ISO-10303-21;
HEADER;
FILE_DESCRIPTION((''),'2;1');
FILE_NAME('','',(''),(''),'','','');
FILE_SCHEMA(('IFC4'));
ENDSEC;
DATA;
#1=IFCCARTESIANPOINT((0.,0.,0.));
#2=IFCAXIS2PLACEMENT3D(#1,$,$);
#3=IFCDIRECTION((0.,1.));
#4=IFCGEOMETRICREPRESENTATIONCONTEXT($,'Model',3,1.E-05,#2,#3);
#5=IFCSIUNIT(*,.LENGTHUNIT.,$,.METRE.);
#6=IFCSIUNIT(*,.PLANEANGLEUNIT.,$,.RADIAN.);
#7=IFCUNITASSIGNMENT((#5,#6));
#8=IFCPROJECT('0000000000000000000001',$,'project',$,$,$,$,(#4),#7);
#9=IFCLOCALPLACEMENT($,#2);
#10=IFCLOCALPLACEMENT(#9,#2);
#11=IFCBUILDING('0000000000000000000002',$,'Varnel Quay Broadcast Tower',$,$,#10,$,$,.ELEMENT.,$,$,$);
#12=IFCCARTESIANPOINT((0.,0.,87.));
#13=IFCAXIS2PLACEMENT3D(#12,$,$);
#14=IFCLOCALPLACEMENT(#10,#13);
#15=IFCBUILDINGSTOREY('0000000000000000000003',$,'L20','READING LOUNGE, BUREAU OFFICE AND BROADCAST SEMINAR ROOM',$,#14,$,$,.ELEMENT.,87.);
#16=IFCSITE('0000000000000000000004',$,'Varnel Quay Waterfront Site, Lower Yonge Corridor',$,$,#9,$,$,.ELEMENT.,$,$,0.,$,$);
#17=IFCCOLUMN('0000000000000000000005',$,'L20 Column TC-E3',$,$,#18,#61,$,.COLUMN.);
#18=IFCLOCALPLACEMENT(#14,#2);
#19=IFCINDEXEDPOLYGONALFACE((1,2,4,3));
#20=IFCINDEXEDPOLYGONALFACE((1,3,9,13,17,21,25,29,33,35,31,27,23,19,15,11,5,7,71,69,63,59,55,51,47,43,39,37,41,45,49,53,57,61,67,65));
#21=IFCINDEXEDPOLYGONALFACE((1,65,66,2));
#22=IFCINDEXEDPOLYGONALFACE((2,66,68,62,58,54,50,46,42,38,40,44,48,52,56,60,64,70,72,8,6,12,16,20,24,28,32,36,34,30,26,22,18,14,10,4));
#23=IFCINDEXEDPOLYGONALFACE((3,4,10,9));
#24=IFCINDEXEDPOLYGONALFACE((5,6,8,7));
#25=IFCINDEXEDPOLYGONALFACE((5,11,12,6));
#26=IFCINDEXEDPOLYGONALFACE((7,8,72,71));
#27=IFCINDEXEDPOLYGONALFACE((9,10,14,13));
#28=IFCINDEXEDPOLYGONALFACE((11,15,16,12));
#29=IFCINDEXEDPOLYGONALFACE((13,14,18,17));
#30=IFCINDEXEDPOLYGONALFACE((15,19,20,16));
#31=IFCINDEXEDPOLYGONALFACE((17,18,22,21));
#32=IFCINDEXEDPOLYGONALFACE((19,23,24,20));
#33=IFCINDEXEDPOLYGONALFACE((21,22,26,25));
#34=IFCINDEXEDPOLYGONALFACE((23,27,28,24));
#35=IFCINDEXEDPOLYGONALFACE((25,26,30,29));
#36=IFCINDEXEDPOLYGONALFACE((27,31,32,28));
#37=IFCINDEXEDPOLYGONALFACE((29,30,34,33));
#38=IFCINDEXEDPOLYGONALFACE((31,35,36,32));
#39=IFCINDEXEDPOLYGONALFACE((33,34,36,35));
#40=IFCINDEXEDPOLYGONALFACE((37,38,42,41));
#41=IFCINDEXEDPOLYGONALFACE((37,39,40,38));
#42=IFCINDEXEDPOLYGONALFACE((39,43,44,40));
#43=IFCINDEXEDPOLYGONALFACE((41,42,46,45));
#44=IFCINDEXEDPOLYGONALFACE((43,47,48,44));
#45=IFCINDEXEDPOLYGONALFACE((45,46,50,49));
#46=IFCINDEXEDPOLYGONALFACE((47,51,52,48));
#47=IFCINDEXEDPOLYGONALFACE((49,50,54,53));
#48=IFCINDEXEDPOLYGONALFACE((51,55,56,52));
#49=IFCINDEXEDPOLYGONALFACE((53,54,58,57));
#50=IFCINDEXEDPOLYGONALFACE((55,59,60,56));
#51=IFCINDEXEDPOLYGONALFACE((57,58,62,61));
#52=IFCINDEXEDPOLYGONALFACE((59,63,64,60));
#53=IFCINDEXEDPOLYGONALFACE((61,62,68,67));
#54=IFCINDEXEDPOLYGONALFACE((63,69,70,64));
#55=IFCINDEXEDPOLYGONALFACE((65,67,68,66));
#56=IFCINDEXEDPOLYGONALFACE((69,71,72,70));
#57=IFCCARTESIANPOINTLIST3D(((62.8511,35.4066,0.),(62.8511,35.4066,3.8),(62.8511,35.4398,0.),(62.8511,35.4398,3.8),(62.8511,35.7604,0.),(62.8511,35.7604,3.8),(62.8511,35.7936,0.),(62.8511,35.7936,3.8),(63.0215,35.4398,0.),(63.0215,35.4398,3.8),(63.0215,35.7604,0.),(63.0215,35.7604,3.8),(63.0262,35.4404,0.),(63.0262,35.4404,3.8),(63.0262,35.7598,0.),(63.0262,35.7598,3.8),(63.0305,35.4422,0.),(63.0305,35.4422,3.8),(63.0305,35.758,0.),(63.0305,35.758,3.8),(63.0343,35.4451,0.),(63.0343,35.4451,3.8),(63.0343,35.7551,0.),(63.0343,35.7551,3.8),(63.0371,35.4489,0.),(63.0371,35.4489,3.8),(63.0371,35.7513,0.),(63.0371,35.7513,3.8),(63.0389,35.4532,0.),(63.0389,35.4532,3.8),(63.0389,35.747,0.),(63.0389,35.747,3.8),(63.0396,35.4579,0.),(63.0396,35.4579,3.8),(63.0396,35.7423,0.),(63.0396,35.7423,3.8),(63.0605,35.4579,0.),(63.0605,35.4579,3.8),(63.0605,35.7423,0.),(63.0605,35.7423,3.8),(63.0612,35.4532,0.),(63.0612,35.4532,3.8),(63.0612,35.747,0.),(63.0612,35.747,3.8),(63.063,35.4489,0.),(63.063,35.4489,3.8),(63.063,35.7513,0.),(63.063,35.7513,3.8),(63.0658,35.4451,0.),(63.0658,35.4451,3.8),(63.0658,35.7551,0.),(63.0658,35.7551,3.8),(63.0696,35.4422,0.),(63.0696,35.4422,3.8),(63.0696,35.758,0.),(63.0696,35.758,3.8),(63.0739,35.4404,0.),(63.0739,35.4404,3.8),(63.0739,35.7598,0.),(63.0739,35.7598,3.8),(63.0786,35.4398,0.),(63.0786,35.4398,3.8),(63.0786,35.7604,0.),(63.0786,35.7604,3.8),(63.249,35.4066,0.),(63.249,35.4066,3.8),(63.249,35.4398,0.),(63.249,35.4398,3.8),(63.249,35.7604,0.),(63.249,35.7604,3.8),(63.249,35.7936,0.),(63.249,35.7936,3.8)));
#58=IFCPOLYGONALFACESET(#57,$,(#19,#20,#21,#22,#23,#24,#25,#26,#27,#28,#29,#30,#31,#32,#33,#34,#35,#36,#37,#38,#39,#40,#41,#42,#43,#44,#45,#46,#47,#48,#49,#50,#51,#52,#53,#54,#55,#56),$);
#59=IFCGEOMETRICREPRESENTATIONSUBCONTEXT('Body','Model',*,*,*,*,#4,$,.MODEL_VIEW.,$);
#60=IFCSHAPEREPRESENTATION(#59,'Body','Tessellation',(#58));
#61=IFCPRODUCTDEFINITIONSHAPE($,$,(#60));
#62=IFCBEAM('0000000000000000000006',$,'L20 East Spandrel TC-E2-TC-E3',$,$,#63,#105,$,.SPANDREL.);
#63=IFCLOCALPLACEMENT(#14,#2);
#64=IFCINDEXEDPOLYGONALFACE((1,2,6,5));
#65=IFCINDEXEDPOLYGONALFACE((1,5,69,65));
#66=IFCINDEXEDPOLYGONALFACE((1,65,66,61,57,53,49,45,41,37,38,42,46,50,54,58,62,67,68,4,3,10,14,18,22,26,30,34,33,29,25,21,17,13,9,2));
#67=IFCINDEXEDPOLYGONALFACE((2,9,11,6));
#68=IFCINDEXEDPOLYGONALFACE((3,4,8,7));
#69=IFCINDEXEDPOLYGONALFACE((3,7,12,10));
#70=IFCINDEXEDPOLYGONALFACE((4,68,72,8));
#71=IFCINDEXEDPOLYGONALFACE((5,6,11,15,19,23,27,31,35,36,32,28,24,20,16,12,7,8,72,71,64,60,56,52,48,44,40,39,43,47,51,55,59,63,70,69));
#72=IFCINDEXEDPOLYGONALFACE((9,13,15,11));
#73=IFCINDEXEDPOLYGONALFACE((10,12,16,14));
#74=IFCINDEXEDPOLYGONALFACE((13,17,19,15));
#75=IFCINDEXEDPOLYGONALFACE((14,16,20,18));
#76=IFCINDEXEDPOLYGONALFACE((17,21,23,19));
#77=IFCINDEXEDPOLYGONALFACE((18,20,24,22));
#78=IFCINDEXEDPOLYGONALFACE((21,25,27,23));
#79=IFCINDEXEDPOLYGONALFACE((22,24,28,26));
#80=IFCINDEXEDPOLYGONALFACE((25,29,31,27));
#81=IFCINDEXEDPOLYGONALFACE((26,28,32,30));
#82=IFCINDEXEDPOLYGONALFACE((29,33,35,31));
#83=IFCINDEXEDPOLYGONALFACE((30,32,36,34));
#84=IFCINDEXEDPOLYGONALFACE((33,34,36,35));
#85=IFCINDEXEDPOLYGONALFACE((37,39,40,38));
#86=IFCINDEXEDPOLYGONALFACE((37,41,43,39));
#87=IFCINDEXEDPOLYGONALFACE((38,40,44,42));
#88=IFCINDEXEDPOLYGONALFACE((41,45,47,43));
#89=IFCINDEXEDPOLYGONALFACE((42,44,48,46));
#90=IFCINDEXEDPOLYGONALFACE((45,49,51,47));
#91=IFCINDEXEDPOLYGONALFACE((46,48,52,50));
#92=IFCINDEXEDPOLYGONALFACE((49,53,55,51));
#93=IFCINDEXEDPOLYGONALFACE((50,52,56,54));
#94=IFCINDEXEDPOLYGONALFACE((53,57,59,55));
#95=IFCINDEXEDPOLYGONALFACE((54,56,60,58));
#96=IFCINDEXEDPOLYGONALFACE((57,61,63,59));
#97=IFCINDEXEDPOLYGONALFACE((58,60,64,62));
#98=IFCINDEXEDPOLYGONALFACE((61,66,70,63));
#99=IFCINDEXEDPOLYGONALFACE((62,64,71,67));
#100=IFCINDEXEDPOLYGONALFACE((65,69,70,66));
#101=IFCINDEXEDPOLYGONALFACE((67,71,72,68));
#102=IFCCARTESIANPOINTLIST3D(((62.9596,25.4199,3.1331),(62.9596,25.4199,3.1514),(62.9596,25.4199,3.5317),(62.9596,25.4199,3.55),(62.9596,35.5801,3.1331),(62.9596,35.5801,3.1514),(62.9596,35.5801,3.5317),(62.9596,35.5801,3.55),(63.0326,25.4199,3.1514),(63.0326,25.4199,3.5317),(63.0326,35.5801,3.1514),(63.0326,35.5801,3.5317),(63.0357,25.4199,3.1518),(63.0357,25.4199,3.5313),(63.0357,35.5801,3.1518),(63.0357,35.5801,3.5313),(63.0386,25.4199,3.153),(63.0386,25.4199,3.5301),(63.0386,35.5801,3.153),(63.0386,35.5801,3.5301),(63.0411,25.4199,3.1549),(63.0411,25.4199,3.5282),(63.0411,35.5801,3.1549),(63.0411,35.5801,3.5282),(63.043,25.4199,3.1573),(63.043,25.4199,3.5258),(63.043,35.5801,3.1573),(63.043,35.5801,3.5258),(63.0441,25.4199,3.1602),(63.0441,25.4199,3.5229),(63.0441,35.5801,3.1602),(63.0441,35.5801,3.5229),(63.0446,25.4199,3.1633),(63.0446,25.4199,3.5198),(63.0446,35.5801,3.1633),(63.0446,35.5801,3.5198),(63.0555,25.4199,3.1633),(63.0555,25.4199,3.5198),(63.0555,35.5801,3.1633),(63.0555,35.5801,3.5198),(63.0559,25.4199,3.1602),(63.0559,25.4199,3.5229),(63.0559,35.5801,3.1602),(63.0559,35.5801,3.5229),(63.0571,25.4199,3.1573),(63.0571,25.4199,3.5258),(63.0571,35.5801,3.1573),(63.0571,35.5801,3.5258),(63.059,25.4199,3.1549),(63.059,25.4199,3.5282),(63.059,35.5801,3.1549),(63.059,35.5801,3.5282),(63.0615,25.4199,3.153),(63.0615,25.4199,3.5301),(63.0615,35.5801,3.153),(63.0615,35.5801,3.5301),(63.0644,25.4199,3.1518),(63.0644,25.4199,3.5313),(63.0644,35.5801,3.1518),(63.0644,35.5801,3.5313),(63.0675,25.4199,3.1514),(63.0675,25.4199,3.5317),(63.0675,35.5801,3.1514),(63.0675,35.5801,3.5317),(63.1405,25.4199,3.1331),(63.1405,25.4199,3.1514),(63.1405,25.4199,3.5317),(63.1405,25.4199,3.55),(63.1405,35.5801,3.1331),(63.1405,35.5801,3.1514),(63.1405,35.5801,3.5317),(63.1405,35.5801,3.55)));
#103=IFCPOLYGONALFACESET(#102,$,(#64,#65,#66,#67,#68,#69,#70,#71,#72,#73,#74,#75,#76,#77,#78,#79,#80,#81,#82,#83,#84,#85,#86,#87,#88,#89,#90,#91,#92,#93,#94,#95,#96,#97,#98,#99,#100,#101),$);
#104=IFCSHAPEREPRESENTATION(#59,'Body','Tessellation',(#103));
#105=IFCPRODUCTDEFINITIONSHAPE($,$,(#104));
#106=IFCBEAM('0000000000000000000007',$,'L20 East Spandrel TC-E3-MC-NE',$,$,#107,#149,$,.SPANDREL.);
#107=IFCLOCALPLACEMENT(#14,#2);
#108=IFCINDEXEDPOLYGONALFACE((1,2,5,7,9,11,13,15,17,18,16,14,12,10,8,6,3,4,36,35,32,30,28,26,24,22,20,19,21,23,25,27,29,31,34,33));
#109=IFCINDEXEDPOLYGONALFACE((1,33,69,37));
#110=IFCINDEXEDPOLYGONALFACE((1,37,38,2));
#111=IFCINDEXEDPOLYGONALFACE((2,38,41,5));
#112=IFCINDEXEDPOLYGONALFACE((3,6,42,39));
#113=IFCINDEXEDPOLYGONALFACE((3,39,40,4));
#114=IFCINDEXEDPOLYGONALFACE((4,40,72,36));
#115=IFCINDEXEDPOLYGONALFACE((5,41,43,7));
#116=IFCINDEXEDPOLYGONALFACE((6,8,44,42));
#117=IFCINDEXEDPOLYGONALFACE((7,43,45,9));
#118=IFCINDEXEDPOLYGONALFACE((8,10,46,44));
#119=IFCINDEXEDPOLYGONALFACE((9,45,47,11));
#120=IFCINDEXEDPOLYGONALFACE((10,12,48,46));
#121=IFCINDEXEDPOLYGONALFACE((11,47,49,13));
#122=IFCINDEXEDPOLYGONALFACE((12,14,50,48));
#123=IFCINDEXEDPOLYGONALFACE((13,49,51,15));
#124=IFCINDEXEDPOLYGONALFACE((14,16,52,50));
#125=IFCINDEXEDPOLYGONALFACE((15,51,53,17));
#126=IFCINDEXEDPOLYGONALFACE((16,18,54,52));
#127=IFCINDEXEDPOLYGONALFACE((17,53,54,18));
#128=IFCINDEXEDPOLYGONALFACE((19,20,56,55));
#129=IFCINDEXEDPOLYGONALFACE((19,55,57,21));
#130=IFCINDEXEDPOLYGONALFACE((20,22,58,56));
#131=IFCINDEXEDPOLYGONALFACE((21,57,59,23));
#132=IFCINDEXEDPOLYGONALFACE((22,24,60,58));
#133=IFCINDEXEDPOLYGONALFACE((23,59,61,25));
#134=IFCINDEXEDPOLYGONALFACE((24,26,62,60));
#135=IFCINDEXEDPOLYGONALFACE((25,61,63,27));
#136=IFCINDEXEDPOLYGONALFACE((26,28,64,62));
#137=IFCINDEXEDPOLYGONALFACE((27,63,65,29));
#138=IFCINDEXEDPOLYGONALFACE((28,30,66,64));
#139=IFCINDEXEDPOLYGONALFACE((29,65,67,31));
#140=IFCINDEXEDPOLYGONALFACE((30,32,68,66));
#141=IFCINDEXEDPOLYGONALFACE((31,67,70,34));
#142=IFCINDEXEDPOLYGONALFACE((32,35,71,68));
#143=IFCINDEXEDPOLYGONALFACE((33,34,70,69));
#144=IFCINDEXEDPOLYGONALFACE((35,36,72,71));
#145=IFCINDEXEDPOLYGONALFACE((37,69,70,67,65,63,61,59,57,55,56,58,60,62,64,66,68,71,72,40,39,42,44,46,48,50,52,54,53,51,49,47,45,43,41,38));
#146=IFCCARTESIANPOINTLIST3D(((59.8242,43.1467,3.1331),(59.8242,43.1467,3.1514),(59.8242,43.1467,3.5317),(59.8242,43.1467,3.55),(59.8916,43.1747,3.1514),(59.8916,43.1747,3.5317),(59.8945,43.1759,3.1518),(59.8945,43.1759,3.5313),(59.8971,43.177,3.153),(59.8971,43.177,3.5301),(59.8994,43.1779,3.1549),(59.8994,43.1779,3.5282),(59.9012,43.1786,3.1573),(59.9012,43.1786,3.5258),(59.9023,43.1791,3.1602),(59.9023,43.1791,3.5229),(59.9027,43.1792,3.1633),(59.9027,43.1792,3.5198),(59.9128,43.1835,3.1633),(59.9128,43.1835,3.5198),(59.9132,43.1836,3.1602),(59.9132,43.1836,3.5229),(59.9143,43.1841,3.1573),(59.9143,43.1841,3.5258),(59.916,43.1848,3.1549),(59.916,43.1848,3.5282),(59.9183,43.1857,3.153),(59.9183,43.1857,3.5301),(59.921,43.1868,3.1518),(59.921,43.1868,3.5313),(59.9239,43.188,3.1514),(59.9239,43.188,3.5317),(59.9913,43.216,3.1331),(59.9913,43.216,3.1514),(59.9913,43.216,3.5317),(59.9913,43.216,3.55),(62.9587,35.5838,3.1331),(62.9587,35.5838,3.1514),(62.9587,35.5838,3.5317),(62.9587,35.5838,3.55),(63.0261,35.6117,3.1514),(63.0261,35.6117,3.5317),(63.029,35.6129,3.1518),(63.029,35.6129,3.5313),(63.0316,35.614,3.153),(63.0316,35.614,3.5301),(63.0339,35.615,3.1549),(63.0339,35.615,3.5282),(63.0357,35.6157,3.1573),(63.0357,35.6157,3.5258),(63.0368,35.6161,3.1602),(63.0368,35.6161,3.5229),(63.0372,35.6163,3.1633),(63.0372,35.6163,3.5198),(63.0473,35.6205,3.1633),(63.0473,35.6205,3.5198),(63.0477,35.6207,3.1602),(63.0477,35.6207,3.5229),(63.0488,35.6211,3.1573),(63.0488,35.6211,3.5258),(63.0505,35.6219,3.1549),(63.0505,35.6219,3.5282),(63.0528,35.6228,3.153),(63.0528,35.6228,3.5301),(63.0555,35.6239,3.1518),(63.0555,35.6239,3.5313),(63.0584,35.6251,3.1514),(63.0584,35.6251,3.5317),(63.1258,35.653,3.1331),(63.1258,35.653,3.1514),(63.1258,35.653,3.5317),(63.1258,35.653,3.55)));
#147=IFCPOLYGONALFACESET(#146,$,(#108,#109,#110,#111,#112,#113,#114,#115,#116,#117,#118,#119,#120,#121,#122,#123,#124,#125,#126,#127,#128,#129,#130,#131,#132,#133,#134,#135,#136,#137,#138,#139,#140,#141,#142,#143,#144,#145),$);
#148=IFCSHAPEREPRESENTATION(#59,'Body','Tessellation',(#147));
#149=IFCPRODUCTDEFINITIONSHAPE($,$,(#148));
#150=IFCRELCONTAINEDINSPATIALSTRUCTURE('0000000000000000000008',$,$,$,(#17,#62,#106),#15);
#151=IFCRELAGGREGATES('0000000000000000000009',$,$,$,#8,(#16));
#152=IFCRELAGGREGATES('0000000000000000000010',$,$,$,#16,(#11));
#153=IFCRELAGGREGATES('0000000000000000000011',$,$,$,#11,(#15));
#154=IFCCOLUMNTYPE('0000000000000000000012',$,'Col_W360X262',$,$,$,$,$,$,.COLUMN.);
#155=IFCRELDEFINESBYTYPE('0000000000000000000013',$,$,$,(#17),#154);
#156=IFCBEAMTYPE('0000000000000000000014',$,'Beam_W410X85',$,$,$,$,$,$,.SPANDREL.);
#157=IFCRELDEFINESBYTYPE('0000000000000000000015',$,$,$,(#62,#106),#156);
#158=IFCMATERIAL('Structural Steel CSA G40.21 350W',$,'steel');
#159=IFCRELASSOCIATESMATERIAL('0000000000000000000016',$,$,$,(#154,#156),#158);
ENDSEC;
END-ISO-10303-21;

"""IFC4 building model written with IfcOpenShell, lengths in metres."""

from ifc_helpers import new_model, si_unit, direction, frame, origin, origin_2d, place, context, subcontext, project, spatial, i_section, extrude, source, transform, mapped, material, material_profile, profile_set, type_object, type_shapes, element, save


model = new_model("IFC4")

# Units and contexts
model_context = context("Model", 3, precision=1e-05, world=origin(), true_north=direction((0.0, 1.0)))
body_context = subcontext(model_context, "Body", "Model", "MODEL_VIEW")
ifc_project = project(units=[si_unit("LENGTHUNIT", "METRE"), si_unit("PLANEANGLEUNIT", "RADIAN")], contexts=[model_context])

# Site, building, storey
site_placement = place(None, origin())
site = spatial("IfcSite", under=ifc_project, at=site_placement, Name="Varnel Quay Waterfront Site, Lower Yonge Corridor", CompositionType="ELEMENT", RefElevation=0.0)
building_placement = place(site_placement, origin())
building = spatial("IfcBuilding", under=site, at=building_placement, Name="Varnel Quay Broadcast Tower", CompositionType="ELEMENT")
storey_placement = place(building_placement, frame((0.0, 0.0, 87.0)))
storey = spatial("IfcBuildingStorey", under=building, at=storey_placement, Name="L20", Description="READING LOUNGE, BUREAU OFFICE AND BROADCAST SEMINAR ROOM", CompositionType="ELEMENT", Elevation=87.0)

# Column
ifc_material_1 = material(Name="Structural Steel CSA G40.21 350W", Category="steel")
ifc_material_profile_1 = material_profile(ifc_material_1, i_section(OverallWidth=0.3979, OverallDepth=0.387, WebThickness=0.021, FlangeThickness=0.0332, FilletRadius=0.0181, at=origin_2d()), Name="W360X262")
ifc_profile_set_1 = profile_set([ifc_material_profile_1], Name="Structural Steel CSA G40.21 350W")
column_type_1 = type_object("IfcColumnType", Name="Col_W360X262", PredefinedType="COLUMN", material=ifc_profile_set_1)
shared_shape_1 = source(origin(), body_context, "Body", "SweptSolid", [
    extrude(i_section(OverallWidth=0.3979, OverallDepth=0.387, WebThickness=0.021, FlangeThickness=0.0332, FilletRadius=0.0181, at=origin_2d()), origin(), (0.0, 0.0, 1.0), 3.8),
])
type_shapes(column_type_1, [shared_shape_1])
for number, where, z_axis, x_axis, name in (
    (1, (63.05, 35.6001, 0.0), (0.0, 0.0, 1.0), (1.0, 0.0, 0.0), "L20 Column TC-E3"),
):
    element("IfcColumn", number, at=place(storey_placement, frame(where, z_axis=z_axis, x_axis=x_axis)), inside=storey, type_object=column_type_1, Name=name, PredefinedType="COLUMN", context=body_context, shape_type="MappedRepresentation", body=[
        mapped(shared_shape_1, transform((0.0, 0.0, 0.0), x_axis=(1.0, 0.0, 0.0), y_axis=(0.0, 1.0, 0.0), z_axis=(0.0, 0.0, 1.0), scale=1.0)),
    ])

# Beams
ifc_material_profile_2 = material_profile(ifc_material_1, i_section(OverallWidth=0.1809, OverallDepth=0.417, WebThickness=0.011, FlangeThickness=0.0183, FilletRadius=0.012, at=origin_2d()), Name="W410X85")
ifc_profile_set_2 = profile_set([ifc_material_profile_2], Name="Structural Steel CSA G40.21 350W")
beam_type_1 = type_object("IfcBeamType", Name="Beam_W410X85", PredefinedType="SPANDREL", material=ifc_profile_set_2)
shared_shape_2 = source(origin(), body_context, "Body", "SweptSolid", [
    extrude(i_section(OverallWidth=0.1809, OverallDepth=0.417, WebThickness=0.011, FlangeThickness=0.0183, FilletRadius=0.012, at=origin_2d()), origin(), (0.0, 0.0, 1.0), 10.1602),
])
beam_1_placement = place(storey_placement, frame((63.05, 25.4199, 3.3416), z_axis=(0.0, 1.0, 0.0), x_axis=(-1.0, 0.0, 0.0)))
element("IfcBeam", 2, at=beam_1_placement, inside=storey, type_object=beam_type_1, Name="L20 East Spandrel TC-E2-TC-E3", PredefinedType="SPANDREL", context=body_context, shape_type="MappedRepresentation", body=[
    mapped(shared_shape_2, transform((0.0, 0.0, 0.0), x_axis=(1.0, 0.0, 0.0), y_axis=(0.0, 1.0, 0.0), z_axis=(0.0, 0.0, 1.0), scale=1.0)),
])
shared_shape_3 = source(origin(), body_context, "Body", "SweptSolid", [
    extrude(i_section(OverallWidth=0.1809, OverallDepth=0.417, WebThickness=0.011, FlangeThickness=0.0183, FilletRadius=0.012, at=origin_2d()), origin(), (0.0, 0.0, 1.0), 8.1868),
])
beam_2_placement = place(storey_placement, frame((63.0422, 35.6184, 3.3416), z_axis=(-0.382874, 0.923801, 0.0), x_axis=(-0.923801, -0.382874, 0.0)))
element("IfcBeam", 3, at=beam_2_placement, inside=storey, type_object=beam_type_1, Name="L20 East Spandrel TC-E3-MC-NE", PredefinedType="SPANDREL", context=body_context, shape_type="MappedRepresentation", body=[
    mapped(shared_shape_3, transform((0.0, 0.0, 0.0), x_axis=(1.0, 0.0, 0.0), y_axis=(0.0, 1.0, 0.0), z_axis=(0.0, 0.0, 1.0), scale=1.0)),
])

save(model, "model.ifc")
